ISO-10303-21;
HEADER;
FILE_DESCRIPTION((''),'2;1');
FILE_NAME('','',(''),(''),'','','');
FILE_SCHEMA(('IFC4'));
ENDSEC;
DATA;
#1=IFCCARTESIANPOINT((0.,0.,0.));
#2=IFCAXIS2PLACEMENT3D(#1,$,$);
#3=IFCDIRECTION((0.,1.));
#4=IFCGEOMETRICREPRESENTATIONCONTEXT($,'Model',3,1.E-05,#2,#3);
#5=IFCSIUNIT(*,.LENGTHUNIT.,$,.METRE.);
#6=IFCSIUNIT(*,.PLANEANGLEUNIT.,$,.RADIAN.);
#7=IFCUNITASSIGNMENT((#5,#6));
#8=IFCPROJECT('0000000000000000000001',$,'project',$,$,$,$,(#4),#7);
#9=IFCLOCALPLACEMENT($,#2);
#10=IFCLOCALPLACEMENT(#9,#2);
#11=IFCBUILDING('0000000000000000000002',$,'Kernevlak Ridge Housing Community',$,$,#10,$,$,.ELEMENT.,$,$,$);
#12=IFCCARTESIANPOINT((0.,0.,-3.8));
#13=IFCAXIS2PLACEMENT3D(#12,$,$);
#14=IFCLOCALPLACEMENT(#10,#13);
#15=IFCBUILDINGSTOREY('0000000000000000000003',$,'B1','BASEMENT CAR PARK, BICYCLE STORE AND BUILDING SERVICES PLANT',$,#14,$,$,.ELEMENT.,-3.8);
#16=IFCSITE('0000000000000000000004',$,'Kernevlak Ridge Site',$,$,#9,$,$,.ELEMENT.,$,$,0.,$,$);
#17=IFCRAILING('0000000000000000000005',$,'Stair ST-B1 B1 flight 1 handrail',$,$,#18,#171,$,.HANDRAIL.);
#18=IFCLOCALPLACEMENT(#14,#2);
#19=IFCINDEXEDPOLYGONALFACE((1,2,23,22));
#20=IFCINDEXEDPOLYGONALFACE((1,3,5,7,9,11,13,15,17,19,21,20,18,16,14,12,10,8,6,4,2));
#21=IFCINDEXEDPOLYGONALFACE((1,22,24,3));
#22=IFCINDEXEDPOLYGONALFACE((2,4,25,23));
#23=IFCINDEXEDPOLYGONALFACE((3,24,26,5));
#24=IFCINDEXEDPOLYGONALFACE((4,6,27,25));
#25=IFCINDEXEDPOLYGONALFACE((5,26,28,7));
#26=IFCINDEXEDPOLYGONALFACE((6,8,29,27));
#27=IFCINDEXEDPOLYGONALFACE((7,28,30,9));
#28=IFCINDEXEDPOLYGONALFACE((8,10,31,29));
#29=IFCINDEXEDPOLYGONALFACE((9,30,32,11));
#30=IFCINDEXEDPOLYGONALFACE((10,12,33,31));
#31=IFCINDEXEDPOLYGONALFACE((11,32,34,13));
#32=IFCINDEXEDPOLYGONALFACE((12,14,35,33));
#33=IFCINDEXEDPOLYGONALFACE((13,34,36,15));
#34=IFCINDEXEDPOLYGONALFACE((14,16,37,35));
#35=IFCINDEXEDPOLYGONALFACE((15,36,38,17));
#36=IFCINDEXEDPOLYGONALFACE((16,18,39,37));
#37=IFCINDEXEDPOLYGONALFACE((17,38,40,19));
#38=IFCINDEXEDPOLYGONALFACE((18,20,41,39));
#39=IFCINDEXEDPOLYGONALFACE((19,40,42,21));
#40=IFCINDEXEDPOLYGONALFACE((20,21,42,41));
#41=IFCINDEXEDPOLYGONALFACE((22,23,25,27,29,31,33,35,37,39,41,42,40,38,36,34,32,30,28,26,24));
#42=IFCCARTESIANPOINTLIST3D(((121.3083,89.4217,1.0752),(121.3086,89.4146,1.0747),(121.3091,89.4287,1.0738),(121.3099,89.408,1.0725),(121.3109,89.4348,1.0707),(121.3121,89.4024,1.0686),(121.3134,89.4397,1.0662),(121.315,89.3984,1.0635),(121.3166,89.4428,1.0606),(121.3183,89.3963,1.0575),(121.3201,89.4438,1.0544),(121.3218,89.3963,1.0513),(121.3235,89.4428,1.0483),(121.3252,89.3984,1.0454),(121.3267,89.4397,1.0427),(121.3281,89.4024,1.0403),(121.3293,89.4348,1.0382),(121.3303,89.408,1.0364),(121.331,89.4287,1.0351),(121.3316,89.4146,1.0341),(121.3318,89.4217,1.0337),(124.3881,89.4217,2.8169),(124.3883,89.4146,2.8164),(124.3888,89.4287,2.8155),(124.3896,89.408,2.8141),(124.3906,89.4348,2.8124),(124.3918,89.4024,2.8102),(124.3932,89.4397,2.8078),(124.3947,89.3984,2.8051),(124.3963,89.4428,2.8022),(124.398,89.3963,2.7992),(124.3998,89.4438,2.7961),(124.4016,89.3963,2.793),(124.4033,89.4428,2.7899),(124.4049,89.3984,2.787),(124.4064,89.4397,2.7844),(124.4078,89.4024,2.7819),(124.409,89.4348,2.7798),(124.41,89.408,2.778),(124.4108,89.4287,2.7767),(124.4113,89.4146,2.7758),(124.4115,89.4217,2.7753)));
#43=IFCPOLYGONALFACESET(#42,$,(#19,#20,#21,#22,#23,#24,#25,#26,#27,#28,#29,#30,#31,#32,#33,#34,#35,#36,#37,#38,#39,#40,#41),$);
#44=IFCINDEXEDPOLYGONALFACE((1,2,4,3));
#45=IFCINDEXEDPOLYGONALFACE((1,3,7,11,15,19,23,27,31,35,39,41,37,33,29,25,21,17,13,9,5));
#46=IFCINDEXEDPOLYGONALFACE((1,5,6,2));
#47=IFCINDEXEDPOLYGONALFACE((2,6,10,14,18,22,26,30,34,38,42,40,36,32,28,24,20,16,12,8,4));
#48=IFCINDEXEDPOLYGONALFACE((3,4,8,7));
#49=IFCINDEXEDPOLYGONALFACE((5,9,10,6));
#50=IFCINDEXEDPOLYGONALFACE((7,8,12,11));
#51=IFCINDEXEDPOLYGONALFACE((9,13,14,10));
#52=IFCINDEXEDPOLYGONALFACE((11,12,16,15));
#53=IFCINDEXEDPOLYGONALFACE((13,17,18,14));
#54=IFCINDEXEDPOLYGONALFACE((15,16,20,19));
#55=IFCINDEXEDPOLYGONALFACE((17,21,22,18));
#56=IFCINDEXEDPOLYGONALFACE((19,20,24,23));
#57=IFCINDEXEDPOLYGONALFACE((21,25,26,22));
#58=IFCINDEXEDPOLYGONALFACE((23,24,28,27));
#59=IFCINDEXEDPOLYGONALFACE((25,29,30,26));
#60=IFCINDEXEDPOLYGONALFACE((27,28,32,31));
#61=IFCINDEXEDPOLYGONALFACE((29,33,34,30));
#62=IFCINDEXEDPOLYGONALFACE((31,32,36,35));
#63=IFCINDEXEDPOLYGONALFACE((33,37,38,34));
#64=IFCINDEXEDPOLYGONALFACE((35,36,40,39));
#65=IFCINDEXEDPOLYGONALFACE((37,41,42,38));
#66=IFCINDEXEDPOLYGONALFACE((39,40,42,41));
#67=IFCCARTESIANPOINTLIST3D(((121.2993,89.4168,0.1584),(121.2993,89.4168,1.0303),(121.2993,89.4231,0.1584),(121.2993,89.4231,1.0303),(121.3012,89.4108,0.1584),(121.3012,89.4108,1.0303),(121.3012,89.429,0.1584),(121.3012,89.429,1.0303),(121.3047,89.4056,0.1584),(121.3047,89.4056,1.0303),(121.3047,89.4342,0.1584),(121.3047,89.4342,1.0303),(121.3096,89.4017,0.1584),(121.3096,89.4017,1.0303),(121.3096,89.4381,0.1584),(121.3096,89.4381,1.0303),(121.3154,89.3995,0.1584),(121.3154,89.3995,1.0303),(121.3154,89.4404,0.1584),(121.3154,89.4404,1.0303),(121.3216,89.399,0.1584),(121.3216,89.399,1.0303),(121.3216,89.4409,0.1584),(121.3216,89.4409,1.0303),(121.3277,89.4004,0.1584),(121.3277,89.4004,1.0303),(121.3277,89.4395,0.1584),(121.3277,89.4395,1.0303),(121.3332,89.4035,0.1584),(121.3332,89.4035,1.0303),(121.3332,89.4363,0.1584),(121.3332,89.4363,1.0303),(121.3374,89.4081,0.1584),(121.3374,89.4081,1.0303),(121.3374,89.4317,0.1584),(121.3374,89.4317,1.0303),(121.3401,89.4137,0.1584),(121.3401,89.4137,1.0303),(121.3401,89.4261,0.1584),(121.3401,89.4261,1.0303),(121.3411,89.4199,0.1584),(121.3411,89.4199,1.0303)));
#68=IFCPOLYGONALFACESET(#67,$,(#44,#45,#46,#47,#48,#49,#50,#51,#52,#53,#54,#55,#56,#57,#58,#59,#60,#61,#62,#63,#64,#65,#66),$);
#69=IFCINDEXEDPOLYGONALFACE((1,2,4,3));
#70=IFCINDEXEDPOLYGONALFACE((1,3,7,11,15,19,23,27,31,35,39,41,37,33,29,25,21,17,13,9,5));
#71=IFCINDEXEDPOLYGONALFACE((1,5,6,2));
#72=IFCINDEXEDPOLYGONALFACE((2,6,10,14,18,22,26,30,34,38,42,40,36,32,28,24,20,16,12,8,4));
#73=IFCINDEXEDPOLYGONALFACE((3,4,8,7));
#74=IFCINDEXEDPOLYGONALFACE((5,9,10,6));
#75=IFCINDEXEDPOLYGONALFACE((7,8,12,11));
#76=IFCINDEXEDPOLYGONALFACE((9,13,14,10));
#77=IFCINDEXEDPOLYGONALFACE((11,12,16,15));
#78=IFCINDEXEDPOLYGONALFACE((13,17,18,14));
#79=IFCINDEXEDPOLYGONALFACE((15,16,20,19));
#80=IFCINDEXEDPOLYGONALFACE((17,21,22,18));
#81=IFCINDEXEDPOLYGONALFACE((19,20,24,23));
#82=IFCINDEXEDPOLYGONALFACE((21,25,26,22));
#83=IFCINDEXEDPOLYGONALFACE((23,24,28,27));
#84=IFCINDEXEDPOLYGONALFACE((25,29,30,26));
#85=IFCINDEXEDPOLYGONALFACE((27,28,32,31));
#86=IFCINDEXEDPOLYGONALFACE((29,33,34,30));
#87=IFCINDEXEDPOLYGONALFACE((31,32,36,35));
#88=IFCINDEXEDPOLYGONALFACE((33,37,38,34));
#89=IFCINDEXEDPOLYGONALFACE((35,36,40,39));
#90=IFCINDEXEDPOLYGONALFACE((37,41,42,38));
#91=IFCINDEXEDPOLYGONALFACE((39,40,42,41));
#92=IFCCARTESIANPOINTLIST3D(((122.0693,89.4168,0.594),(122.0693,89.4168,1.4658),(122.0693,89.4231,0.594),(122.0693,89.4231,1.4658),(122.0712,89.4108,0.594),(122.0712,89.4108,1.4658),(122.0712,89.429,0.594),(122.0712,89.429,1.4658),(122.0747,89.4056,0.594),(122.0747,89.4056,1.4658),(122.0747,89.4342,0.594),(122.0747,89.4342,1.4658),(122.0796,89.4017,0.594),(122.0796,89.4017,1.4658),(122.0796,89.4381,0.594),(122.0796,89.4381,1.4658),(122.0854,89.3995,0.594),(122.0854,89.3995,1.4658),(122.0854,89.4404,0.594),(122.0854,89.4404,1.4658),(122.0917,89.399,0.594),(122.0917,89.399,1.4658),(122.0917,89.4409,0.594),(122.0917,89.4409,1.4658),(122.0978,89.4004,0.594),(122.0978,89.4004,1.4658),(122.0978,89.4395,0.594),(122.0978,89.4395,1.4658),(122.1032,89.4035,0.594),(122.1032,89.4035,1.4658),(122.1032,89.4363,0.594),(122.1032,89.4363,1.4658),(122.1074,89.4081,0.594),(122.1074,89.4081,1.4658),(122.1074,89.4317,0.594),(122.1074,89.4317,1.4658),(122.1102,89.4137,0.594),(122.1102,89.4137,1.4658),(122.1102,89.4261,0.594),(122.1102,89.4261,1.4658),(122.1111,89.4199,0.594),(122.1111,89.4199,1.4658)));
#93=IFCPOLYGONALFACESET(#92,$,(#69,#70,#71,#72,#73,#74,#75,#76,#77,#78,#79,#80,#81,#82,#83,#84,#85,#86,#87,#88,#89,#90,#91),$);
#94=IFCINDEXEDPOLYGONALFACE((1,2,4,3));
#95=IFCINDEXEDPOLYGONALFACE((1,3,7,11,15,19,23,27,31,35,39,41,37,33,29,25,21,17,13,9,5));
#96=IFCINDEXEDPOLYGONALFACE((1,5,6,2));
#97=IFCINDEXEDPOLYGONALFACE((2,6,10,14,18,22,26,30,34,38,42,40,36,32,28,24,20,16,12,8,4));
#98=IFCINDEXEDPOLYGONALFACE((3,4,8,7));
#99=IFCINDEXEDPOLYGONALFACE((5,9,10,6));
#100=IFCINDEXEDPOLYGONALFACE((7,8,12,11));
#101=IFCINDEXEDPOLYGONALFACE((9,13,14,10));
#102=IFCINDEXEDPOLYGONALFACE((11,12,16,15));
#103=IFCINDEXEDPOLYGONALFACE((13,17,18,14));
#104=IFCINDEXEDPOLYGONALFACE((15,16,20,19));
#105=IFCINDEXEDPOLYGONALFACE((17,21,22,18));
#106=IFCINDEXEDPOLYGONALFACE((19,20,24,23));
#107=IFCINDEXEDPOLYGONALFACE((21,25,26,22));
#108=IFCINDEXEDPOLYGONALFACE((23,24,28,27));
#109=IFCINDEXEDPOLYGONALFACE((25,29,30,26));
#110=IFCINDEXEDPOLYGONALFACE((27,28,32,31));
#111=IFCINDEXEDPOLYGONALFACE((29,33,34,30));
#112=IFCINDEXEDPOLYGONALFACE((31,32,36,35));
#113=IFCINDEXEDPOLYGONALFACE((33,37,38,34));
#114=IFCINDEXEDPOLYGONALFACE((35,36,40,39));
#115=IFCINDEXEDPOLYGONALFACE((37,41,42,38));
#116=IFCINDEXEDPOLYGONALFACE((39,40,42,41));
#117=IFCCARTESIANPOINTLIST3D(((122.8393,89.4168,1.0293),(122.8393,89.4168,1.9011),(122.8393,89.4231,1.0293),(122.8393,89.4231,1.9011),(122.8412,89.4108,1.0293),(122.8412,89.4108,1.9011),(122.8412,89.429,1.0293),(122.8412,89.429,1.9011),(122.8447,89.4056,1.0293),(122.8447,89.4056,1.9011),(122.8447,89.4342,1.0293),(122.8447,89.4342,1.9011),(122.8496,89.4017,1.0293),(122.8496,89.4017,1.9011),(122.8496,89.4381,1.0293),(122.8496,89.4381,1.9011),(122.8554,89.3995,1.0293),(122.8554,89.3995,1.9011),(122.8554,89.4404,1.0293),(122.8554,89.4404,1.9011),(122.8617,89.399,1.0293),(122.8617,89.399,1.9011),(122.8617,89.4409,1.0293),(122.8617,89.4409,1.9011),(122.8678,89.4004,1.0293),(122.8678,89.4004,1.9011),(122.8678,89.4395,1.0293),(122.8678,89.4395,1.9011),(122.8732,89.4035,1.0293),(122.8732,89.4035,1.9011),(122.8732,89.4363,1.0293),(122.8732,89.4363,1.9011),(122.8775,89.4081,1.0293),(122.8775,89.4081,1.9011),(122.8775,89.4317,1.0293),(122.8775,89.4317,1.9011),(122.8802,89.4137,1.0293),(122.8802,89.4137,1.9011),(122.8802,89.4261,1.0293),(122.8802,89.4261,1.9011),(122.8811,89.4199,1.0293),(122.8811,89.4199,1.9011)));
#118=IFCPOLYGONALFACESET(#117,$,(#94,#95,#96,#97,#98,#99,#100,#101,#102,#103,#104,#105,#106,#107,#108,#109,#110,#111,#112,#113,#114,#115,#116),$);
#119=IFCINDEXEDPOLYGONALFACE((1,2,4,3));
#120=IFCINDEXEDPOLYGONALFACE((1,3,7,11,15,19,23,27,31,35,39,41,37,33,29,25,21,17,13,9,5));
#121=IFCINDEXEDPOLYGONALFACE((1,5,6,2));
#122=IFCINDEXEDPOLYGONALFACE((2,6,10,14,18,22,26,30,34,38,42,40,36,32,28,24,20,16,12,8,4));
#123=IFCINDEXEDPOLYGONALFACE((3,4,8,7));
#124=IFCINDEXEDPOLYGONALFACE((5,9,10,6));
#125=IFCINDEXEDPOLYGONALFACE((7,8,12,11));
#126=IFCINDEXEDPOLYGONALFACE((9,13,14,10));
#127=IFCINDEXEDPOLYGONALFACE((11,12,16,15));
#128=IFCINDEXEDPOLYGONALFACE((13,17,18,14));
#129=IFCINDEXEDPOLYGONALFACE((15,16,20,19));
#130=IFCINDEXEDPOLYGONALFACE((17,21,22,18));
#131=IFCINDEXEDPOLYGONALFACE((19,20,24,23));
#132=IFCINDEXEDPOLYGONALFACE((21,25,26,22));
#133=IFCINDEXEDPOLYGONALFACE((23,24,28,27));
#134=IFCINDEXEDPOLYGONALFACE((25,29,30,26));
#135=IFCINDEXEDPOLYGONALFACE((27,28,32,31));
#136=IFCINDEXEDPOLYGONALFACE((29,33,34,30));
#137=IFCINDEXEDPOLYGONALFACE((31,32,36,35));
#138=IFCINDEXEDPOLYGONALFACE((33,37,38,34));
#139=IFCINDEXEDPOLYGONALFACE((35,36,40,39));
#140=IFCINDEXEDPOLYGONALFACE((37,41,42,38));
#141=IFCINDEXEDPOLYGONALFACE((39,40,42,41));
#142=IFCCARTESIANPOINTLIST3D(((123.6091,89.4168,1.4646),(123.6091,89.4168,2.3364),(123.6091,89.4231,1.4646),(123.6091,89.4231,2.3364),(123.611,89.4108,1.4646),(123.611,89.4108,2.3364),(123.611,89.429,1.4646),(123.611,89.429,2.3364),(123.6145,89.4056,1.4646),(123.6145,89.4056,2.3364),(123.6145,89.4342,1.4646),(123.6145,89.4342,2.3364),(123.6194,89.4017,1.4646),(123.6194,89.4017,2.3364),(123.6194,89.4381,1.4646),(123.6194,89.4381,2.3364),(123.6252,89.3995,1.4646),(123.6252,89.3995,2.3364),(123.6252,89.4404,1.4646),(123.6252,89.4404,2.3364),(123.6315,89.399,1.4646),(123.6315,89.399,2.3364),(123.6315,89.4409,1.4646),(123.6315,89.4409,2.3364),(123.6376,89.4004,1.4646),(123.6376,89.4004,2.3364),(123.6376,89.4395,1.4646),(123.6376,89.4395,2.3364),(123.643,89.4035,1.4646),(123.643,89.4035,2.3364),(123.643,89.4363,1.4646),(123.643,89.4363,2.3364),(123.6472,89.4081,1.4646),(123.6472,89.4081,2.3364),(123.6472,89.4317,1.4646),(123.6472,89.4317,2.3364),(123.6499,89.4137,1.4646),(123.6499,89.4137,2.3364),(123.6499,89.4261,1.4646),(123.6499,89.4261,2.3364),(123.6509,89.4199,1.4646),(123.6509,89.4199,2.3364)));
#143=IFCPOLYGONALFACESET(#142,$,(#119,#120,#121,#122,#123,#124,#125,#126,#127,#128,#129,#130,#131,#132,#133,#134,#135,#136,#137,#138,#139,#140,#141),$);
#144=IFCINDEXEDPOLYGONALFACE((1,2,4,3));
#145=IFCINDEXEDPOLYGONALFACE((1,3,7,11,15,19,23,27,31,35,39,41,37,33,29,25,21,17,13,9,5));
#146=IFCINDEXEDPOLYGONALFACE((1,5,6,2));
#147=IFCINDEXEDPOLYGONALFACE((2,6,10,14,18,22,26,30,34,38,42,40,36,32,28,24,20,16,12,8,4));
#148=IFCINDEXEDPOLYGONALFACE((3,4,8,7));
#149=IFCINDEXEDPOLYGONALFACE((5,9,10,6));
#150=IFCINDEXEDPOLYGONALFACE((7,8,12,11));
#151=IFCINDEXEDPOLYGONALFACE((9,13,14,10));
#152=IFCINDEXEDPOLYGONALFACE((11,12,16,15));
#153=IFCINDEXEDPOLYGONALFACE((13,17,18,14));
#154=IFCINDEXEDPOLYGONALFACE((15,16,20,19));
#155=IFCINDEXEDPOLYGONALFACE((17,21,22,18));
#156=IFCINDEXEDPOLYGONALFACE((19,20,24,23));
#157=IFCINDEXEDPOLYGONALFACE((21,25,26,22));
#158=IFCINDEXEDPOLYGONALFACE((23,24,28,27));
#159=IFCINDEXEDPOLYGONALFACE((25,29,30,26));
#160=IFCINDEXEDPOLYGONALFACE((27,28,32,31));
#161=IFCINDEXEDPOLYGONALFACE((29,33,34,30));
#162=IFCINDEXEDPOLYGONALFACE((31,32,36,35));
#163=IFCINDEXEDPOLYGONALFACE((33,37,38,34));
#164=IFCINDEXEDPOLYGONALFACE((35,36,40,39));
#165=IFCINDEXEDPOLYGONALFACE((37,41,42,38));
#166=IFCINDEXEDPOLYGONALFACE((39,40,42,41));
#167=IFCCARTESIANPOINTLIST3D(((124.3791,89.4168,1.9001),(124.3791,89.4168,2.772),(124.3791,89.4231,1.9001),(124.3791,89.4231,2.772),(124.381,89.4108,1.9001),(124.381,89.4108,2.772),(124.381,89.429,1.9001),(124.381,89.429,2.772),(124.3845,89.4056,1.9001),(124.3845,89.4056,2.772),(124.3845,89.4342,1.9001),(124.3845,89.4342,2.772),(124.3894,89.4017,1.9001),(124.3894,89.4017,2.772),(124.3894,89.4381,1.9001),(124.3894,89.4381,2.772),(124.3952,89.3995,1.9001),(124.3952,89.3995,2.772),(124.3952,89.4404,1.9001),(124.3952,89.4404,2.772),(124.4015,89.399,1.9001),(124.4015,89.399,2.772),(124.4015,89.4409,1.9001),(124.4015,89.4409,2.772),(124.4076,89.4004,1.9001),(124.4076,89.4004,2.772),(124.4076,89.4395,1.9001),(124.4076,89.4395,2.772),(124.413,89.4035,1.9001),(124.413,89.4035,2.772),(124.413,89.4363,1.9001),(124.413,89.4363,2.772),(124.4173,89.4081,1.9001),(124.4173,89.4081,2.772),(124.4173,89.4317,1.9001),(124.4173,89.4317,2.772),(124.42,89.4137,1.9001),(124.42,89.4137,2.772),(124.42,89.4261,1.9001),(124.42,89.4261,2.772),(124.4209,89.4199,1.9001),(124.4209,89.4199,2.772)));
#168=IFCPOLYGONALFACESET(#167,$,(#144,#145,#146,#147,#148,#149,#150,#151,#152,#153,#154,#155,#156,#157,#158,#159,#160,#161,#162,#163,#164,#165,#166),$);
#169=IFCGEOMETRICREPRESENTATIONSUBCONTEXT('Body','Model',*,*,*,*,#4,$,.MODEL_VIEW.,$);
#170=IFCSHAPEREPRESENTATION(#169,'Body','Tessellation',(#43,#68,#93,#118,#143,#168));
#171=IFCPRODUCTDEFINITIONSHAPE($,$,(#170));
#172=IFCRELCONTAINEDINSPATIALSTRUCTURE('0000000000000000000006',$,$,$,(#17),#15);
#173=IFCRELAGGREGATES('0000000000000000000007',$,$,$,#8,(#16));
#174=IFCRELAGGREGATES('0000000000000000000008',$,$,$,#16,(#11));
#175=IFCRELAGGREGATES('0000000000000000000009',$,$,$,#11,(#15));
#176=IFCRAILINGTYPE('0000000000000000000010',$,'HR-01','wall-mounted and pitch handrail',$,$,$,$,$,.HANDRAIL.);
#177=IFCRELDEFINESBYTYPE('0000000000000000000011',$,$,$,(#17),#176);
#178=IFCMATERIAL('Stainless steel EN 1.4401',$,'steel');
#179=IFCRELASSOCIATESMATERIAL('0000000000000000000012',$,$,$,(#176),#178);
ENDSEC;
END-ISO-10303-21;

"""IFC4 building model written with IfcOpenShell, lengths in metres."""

from ifc_helpers import new_model, si_unit, direction, frame, origin, origin_2d, place, context, subcontext, project, spatial, circle, extrude, material, type_object, element, save


model = new_model("IFC4")

# Units and contexts
model_context = context("Model", 3, precision=1e-05, world=origin(), true_north=direction((0.0, 1.0)))
body_context = subcontext(model_context, "Body", "Model", "MODEL_VIEW")
ifc_project = project(units=[si_unit("LENGTHUNIT", "METRE"), si_unit("PLANEANGLEUNIT", "RADIAN")], contexts=[model_context])

# Site, building, storey
site_placement = place(None, origin())
site = spatial("IfcSite", under=ifc_project, at=site_placement, Name="Kernevlak Ridge Site", CompositionType="ELEMENT", RefElevation=0.0)
building_placement = place(site_placement, origin())
building = spatial("IfcBuilding", under=site, at=building_placement, Name="Kernevlak Ridge Housing Community", CompositionType="ELEMENT")
storey_placement = place(building_placement, frame((0.0, 0.0, -3.8)))
storey = spatial("IfcBuildingStorey", under=building, at=storey_placement, Name="B1", Description="BASEMENT CAR PARK, BICYCLE STORE AND BUILDING SERVICES PLANT", CompositionType="ELEMENT", Elevation=-3.8)

# Shared definitions
ifc_material_1 = material(Name="Stainless steel EN 1.4401", Category="steel")

# Railing
railing_type_1 = type_object("IfcRailingType", Name="HR-01", Description="wall-mounted and pitch handrail", PredefinedType="HANDRAIL", material=ifc_material_1)
railing_1_placement = place(storey_placement, frame((121.3201, 89.4199, 0.1584)))
element("IfcRailing", 1, at=railing_1_placement, inside=storey, type_object=railing_type_1, Name="Stair ST-B1 B1 flight 1 handrail", PredefinedType="HANDRAIL", context=body_context, shape_type="SweptSolid", body=[
    extrude(circle(Radius=0.0239, at=origin_2d()), frame((0.0, 0.0, 0.896), z_axis=(0.870451, 0.0, 0.492255), x_axis=(0.0, 1.0, 0.0)), (0.0, 0.0, 1.0), 3.5381),
    extrude(circle(Radius=0.021, at=origin_2d()), origin(), (0.0, 0.0, 1.0), 0.8718),
    extrude(circle(Radius=0.021, at=origin_2d()), frame((0.77, 0.0, 0.4355)), (0.0, 0.0, 1.0), 0.8718),
    extrude(circle(Radius=0.021, at=origin_2d()), frame((1.54, 0.0, 0.8708)), (0.0, 0.0, 1.0), 0.8718),
    extrude(circle(Radius=0.021, at=origin_2d()), frame((2.3098, 0.0, 1.3062)), (0.0, 0.0, 1.0), 0.8718),
    extrude(circle(Radius=0.021, at=origin_2d()), frame((3.0798, 0.0, 1.7417)), (0.0, 0.0, 1.0), 0.8718),
])

save(model, "model.ifc")
